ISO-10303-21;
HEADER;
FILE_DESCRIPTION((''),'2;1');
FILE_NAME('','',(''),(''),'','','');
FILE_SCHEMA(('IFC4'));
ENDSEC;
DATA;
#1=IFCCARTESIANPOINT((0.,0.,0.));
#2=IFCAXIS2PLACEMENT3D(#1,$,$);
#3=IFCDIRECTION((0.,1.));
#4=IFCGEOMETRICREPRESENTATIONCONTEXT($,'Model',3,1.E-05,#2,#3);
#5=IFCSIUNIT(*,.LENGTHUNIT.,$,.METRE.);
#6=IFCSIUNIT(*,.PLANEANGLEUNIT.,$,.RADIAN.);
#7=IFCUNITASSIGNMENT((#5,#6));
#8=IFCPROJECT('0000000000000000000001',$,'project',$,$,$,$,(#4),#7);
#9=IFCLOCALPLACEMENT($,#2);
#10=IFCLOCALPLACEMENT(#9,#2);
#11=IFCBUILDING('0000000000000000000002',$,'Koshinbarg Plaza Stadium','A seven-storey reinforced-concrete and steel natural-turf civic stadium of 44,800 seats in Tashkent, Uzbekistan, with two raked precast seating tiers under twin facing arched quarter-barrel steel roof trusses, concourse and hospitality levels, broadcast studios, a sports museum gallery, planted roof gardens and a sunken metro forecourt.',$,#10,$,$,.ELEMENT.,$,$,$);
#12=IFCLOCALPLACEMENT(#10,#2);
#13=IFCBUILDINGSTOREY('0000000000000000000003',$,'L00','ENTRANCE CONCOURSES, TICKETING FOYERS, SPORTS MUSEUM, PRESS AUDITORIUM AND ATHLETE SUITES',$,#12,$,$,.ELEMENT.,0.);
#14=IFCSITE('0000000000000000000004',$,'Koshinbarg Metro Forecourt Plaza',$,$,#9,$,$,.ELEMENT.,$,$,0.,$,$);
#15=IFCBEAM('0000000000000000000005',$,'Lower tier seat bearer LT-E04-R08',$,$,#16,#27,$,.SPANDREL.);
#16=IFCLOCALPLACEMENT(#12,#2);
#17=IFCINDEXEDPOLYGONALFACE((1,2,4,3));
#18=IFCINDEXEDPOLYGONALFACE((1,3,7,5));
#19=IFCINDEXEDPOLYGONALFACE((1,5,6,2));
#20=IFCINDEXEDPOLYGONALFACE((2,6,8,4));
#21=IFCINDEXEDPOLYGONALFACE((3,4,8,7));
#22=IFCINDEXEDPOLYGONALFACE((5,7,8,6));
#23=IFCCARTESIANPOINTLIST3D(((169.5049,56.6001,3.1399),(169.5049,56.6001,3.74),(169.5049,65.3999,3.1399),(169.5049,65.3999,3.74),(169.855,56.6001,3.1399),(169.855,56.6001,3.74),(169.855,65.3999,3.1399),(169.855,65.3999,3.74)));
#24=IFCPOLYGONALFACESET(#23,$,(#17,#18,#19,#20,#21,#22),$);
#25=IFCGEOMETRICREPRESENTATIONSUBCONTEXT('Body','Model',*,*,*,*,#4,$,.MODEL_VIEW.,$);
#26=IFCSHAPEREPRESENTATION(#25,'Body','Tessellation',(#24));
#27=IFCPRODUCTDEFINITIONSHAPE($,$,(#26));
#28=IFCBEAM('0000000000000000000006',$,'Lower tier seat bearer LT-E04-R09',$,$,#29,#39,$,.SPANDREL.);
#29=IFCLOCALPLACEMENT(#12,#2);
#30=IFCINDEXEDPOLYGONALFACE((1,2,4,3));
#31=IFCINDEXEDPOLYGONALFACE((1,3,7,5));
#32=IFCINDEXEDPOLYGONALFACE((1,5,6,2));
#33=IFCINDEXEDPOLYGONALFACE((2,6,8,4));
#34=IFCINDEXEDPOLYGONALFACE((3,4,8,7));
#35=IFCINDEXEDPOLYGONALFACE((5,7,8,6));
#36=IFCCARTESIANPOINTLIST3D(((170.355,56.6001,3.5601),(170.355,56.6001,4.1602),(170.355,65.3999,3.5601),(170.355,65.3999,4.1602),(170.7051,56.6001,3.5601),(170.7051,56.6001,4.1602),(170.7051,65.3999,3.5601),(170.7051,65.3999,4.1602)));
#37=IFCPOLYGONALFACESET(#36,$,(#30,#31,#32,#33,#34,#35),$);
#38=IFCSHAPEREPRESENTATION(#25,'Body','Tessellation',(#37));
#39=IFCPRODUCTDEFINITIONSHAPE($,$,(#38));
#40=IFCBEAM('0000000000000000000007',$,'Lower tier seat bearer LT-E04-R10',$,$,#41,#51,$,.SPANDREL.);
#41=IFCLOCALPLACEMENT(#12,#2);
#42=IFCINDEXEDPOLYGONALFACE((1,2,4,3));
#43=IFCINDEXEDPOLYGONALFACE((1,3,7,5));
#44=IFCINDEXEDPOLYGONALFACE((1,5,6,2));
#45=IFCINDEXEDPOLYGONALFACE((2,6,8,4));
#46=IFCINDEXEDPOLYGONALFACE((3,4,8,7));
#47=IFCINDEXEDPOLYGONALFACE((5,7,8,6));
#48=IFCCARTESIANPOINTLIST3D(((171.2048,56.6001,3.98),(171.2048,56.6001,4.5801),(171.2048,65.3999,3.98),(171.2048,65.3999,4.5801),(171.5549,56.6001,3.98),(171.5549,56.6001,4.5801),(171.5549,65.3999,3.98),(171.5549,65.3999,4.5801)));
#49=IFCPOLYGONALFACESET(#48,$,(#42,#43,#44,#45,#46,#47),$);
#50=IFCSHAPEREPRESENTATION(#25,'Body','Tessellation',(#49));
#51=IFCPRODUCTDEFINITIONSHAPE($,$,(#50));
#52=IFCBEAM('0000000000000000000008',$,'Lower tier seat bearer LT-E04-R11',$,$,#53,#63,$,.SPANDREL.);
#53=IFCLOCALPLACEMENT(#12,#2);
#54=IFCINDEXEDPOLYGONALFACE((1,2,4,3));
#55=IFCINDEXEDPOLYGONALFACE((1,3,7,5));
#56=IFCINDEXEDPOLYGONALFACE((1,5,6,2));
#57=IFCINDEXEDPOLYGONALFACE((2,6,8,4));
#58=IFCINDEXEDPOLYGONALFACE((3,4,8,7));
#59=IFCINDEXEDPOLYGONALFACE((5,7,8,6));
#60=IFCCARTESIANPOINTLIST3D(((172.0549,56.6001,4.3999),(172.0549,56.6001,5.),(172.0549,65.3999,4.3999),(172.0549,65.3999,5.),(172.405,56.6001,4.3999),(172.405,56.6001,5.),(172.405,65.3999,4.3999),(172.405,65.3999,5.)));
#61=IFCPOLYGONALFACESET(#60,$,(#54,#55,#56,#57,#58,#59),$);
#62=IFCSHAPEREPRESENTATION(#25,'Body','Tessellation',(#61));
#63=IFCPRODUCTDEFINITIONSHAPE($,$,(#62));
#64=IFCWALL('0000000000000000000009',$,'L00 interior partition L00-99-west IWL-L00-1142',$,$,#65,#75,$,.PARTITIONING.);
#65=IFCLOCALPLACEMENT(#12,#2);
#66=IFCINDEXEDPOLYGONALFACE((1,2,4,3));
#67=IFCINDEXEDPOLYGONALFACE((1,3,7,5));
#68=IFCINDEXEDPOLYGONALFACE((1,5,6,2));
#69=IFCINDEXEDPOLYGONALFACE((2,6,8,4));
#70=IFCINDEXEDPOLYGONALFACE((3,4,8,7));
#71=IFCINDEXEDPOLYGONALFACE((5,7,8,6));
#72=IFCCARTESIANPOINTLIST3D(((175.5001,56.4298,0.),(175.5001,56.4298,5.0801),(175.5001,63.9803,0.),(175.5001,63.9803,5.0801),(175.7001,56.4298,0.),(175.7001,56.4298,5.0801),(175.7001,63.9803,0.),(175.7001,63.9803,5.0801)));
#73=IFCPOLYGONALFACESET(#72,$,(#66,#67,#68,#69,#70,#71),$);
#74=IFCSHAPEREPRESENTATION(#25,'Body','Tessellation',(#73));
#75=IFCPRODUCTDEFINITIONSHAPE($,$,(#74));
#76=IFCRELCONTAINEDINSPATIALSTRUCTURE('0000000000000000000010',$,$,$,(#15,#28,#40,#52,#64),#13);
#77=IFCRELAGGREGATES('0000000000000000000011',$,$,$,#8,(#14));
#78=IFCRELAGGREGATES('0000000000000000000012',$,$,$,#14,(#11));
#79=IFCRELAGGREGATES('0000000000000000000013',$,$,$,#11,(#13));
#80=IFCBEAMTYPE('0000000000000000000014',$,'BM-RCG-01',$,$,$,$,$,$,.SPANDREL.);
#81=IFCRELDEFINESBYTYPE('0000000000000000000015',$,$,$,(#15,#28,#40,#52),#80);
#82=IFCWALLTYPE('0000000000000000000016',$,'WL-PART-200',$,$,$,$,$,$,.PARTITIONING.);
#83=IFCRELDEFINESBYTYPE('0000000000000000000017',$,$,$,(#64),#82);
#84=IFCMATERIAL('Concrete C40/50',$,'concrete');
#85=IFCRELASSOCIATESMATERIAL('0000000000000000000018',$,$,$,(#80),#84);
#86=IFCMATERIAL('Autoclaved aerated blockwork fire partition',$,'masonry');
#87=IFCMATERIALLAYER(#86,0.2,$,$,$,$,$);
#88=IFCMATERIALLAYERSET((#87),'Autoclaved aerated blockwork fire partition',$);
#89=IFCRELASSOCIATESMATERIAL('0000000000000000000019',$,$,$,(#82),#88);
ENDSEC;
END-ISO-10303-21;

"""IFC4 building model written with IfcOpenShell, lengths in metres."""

from ifc_helpers import new_model, si_unit, direction, frame, frame_2d, origin, origin_2d, place, context, subcontext, project, spatial, rectangle, extrude, material, layer, layer_set, material_profile, profile_set, type_object, element, save


model = new_model("IFC4")

# Units and contexts
model_context = context("Model", 3, precision=1e-05, world=origin(), true_north=direction((0.0, 1.0)))
body_context = subcontext(model_context, "Body", "Model", "MODEL_VIEW")
ifc_project = project(units=[si_unit("LENGTHUNIT", "METRE"), si_unit("PLANEANGLEUNIT", "RADIAN")], contexts=[model_context])

# Site, building, storey
site_placement = place(None, origin())
site = spatial("IfcSite", under=ifc_project, at=site_placement, Name="Koshinbarg Metro Forecourt Plaza", CompositionType="ELEMENT", RefElevation=0.0)
building_placement = place(site_placement, origin())
building = spatial("IfcBuilding", under=site, at=building_placement, Name="Koshinbarg Plaza Stadium", Description="A seven-storey reinforced-concrete and steel natural-turf civic stadium of 44,800 seats in Tashkent, Uzbekistan, with two raked precast seating tiers under twin facing arched quarter-barrel steel roof trusses, concourse and hospitality levels, broadcast studios, a sports museum gallery, planted roof gardens and a sunken metro forecourt.", CompositionType="ELEMENT")
storey_placement = place(building_placement, origin())
storey = spatial("IfcBuildingStorey", under=building, at=storey_placement, Name="L00", Description="ENTRANCE CONCOURSES, TICKETING FOYERS, SPORTS MUSEUM, PRESS AUDITORIUM AND ATHLETE SUITES", CompositionType="ELEMENT", Elevation=0.0)

# Shared definitions
ifc_material_1 = material(Name="Concrete C40/50", Category="concrete")

# Beams
ifc_material_profile_1 = material_profile(ifc_material_1, rectangle(XDim=0.3501, YDim=0.6001, at=origin_2d()), Name="RC 350x600")
ifc_profile_set_1 = profile_set([ifc_material_profile_1], Name="Concrete C40/50")
beam_type = type_object("IfcBeamType", Name="BM-RCG-01", PredefinedType="SPANDREL", material=ifc_profile_set_1)
for number, where, z_axis, x_axis, name in (
    (1, (169.6799, 56.6001, 3.4399), (0.0, 1.0, 0.0), (-1.0, 0.0, 0.0), "Lower tier seat bearer LT-E04-R08"),
    (2, (170.53, 56.6001, 3.8601), (0.0, 1.0, 0.0), (-1.0, 0.0, 0.0), "Lower tier seat bearer LT-E04-R09"),
    (3, (171.3799, 56.6001, 4.28), (0.0, 1.0, 0.0), (-1.0, 0.0, 0.0), "Lower tier seat bearer LT-E04-R10"),
    (4, (172.23, 56.6001, 4.7), (0.0, 1.0, 0.0), (-1.0, 0.0, 0.0), "Lower tier seat bearer LT-E04-R11"),
):
    element("IfcBeam", number, at=place(storey_placement, frame(where, z_axis=z_axis, x_axis=x_axis)), inside=storey, type_object=beam_type, Name=name, PredefinedType="SPANDREL", context=body_context, shape_type="SweptSolid", body=[
        extrude(rectangle(XDim=0.3501, YDim=0.6001, at=origin_2d()), origin(), (0.0, 0.0, 1.0), 8.7998),
    ])

# Wall
ifc_material_2 = material(Name="Autoclaved aerated blockwork fire partition", Category="masonry")
ifc_layer = layer(ifc_material_2, 0.2)
ifc_layer_set = layer_set([ifc_layer], Name="Autoclaved aerated blockwork fire partition")
wall_type = type_object("IfcWallType", Name="WL-PART-200", PredefinedType="PARTITIONING", material=ifc_layer_set)
wall_placement = place(storey_placement, frame((175.6001, 63.9805, 0.0), z_axis=(0.0, 0.0, 1.0), x_axis=(0.0, -1.0, 0.0)))
element("IfcWall", 5, at=wall_placement, inside=storey, type_object=wall_type, Name="L00 interior partition L00-99-west IWL-L00-1142", PredefinedType="PARTITIONING", context=body_context, shape_type="SweptSolid", body=[
    extrude(rectangle(XDim=7.5505, YDim=0.2, at=frame_2d((3.7754, 0.0))), origin(), (0.0, 0.0, 1.0), 5.0801),
])

save(model, "model.ifc")
